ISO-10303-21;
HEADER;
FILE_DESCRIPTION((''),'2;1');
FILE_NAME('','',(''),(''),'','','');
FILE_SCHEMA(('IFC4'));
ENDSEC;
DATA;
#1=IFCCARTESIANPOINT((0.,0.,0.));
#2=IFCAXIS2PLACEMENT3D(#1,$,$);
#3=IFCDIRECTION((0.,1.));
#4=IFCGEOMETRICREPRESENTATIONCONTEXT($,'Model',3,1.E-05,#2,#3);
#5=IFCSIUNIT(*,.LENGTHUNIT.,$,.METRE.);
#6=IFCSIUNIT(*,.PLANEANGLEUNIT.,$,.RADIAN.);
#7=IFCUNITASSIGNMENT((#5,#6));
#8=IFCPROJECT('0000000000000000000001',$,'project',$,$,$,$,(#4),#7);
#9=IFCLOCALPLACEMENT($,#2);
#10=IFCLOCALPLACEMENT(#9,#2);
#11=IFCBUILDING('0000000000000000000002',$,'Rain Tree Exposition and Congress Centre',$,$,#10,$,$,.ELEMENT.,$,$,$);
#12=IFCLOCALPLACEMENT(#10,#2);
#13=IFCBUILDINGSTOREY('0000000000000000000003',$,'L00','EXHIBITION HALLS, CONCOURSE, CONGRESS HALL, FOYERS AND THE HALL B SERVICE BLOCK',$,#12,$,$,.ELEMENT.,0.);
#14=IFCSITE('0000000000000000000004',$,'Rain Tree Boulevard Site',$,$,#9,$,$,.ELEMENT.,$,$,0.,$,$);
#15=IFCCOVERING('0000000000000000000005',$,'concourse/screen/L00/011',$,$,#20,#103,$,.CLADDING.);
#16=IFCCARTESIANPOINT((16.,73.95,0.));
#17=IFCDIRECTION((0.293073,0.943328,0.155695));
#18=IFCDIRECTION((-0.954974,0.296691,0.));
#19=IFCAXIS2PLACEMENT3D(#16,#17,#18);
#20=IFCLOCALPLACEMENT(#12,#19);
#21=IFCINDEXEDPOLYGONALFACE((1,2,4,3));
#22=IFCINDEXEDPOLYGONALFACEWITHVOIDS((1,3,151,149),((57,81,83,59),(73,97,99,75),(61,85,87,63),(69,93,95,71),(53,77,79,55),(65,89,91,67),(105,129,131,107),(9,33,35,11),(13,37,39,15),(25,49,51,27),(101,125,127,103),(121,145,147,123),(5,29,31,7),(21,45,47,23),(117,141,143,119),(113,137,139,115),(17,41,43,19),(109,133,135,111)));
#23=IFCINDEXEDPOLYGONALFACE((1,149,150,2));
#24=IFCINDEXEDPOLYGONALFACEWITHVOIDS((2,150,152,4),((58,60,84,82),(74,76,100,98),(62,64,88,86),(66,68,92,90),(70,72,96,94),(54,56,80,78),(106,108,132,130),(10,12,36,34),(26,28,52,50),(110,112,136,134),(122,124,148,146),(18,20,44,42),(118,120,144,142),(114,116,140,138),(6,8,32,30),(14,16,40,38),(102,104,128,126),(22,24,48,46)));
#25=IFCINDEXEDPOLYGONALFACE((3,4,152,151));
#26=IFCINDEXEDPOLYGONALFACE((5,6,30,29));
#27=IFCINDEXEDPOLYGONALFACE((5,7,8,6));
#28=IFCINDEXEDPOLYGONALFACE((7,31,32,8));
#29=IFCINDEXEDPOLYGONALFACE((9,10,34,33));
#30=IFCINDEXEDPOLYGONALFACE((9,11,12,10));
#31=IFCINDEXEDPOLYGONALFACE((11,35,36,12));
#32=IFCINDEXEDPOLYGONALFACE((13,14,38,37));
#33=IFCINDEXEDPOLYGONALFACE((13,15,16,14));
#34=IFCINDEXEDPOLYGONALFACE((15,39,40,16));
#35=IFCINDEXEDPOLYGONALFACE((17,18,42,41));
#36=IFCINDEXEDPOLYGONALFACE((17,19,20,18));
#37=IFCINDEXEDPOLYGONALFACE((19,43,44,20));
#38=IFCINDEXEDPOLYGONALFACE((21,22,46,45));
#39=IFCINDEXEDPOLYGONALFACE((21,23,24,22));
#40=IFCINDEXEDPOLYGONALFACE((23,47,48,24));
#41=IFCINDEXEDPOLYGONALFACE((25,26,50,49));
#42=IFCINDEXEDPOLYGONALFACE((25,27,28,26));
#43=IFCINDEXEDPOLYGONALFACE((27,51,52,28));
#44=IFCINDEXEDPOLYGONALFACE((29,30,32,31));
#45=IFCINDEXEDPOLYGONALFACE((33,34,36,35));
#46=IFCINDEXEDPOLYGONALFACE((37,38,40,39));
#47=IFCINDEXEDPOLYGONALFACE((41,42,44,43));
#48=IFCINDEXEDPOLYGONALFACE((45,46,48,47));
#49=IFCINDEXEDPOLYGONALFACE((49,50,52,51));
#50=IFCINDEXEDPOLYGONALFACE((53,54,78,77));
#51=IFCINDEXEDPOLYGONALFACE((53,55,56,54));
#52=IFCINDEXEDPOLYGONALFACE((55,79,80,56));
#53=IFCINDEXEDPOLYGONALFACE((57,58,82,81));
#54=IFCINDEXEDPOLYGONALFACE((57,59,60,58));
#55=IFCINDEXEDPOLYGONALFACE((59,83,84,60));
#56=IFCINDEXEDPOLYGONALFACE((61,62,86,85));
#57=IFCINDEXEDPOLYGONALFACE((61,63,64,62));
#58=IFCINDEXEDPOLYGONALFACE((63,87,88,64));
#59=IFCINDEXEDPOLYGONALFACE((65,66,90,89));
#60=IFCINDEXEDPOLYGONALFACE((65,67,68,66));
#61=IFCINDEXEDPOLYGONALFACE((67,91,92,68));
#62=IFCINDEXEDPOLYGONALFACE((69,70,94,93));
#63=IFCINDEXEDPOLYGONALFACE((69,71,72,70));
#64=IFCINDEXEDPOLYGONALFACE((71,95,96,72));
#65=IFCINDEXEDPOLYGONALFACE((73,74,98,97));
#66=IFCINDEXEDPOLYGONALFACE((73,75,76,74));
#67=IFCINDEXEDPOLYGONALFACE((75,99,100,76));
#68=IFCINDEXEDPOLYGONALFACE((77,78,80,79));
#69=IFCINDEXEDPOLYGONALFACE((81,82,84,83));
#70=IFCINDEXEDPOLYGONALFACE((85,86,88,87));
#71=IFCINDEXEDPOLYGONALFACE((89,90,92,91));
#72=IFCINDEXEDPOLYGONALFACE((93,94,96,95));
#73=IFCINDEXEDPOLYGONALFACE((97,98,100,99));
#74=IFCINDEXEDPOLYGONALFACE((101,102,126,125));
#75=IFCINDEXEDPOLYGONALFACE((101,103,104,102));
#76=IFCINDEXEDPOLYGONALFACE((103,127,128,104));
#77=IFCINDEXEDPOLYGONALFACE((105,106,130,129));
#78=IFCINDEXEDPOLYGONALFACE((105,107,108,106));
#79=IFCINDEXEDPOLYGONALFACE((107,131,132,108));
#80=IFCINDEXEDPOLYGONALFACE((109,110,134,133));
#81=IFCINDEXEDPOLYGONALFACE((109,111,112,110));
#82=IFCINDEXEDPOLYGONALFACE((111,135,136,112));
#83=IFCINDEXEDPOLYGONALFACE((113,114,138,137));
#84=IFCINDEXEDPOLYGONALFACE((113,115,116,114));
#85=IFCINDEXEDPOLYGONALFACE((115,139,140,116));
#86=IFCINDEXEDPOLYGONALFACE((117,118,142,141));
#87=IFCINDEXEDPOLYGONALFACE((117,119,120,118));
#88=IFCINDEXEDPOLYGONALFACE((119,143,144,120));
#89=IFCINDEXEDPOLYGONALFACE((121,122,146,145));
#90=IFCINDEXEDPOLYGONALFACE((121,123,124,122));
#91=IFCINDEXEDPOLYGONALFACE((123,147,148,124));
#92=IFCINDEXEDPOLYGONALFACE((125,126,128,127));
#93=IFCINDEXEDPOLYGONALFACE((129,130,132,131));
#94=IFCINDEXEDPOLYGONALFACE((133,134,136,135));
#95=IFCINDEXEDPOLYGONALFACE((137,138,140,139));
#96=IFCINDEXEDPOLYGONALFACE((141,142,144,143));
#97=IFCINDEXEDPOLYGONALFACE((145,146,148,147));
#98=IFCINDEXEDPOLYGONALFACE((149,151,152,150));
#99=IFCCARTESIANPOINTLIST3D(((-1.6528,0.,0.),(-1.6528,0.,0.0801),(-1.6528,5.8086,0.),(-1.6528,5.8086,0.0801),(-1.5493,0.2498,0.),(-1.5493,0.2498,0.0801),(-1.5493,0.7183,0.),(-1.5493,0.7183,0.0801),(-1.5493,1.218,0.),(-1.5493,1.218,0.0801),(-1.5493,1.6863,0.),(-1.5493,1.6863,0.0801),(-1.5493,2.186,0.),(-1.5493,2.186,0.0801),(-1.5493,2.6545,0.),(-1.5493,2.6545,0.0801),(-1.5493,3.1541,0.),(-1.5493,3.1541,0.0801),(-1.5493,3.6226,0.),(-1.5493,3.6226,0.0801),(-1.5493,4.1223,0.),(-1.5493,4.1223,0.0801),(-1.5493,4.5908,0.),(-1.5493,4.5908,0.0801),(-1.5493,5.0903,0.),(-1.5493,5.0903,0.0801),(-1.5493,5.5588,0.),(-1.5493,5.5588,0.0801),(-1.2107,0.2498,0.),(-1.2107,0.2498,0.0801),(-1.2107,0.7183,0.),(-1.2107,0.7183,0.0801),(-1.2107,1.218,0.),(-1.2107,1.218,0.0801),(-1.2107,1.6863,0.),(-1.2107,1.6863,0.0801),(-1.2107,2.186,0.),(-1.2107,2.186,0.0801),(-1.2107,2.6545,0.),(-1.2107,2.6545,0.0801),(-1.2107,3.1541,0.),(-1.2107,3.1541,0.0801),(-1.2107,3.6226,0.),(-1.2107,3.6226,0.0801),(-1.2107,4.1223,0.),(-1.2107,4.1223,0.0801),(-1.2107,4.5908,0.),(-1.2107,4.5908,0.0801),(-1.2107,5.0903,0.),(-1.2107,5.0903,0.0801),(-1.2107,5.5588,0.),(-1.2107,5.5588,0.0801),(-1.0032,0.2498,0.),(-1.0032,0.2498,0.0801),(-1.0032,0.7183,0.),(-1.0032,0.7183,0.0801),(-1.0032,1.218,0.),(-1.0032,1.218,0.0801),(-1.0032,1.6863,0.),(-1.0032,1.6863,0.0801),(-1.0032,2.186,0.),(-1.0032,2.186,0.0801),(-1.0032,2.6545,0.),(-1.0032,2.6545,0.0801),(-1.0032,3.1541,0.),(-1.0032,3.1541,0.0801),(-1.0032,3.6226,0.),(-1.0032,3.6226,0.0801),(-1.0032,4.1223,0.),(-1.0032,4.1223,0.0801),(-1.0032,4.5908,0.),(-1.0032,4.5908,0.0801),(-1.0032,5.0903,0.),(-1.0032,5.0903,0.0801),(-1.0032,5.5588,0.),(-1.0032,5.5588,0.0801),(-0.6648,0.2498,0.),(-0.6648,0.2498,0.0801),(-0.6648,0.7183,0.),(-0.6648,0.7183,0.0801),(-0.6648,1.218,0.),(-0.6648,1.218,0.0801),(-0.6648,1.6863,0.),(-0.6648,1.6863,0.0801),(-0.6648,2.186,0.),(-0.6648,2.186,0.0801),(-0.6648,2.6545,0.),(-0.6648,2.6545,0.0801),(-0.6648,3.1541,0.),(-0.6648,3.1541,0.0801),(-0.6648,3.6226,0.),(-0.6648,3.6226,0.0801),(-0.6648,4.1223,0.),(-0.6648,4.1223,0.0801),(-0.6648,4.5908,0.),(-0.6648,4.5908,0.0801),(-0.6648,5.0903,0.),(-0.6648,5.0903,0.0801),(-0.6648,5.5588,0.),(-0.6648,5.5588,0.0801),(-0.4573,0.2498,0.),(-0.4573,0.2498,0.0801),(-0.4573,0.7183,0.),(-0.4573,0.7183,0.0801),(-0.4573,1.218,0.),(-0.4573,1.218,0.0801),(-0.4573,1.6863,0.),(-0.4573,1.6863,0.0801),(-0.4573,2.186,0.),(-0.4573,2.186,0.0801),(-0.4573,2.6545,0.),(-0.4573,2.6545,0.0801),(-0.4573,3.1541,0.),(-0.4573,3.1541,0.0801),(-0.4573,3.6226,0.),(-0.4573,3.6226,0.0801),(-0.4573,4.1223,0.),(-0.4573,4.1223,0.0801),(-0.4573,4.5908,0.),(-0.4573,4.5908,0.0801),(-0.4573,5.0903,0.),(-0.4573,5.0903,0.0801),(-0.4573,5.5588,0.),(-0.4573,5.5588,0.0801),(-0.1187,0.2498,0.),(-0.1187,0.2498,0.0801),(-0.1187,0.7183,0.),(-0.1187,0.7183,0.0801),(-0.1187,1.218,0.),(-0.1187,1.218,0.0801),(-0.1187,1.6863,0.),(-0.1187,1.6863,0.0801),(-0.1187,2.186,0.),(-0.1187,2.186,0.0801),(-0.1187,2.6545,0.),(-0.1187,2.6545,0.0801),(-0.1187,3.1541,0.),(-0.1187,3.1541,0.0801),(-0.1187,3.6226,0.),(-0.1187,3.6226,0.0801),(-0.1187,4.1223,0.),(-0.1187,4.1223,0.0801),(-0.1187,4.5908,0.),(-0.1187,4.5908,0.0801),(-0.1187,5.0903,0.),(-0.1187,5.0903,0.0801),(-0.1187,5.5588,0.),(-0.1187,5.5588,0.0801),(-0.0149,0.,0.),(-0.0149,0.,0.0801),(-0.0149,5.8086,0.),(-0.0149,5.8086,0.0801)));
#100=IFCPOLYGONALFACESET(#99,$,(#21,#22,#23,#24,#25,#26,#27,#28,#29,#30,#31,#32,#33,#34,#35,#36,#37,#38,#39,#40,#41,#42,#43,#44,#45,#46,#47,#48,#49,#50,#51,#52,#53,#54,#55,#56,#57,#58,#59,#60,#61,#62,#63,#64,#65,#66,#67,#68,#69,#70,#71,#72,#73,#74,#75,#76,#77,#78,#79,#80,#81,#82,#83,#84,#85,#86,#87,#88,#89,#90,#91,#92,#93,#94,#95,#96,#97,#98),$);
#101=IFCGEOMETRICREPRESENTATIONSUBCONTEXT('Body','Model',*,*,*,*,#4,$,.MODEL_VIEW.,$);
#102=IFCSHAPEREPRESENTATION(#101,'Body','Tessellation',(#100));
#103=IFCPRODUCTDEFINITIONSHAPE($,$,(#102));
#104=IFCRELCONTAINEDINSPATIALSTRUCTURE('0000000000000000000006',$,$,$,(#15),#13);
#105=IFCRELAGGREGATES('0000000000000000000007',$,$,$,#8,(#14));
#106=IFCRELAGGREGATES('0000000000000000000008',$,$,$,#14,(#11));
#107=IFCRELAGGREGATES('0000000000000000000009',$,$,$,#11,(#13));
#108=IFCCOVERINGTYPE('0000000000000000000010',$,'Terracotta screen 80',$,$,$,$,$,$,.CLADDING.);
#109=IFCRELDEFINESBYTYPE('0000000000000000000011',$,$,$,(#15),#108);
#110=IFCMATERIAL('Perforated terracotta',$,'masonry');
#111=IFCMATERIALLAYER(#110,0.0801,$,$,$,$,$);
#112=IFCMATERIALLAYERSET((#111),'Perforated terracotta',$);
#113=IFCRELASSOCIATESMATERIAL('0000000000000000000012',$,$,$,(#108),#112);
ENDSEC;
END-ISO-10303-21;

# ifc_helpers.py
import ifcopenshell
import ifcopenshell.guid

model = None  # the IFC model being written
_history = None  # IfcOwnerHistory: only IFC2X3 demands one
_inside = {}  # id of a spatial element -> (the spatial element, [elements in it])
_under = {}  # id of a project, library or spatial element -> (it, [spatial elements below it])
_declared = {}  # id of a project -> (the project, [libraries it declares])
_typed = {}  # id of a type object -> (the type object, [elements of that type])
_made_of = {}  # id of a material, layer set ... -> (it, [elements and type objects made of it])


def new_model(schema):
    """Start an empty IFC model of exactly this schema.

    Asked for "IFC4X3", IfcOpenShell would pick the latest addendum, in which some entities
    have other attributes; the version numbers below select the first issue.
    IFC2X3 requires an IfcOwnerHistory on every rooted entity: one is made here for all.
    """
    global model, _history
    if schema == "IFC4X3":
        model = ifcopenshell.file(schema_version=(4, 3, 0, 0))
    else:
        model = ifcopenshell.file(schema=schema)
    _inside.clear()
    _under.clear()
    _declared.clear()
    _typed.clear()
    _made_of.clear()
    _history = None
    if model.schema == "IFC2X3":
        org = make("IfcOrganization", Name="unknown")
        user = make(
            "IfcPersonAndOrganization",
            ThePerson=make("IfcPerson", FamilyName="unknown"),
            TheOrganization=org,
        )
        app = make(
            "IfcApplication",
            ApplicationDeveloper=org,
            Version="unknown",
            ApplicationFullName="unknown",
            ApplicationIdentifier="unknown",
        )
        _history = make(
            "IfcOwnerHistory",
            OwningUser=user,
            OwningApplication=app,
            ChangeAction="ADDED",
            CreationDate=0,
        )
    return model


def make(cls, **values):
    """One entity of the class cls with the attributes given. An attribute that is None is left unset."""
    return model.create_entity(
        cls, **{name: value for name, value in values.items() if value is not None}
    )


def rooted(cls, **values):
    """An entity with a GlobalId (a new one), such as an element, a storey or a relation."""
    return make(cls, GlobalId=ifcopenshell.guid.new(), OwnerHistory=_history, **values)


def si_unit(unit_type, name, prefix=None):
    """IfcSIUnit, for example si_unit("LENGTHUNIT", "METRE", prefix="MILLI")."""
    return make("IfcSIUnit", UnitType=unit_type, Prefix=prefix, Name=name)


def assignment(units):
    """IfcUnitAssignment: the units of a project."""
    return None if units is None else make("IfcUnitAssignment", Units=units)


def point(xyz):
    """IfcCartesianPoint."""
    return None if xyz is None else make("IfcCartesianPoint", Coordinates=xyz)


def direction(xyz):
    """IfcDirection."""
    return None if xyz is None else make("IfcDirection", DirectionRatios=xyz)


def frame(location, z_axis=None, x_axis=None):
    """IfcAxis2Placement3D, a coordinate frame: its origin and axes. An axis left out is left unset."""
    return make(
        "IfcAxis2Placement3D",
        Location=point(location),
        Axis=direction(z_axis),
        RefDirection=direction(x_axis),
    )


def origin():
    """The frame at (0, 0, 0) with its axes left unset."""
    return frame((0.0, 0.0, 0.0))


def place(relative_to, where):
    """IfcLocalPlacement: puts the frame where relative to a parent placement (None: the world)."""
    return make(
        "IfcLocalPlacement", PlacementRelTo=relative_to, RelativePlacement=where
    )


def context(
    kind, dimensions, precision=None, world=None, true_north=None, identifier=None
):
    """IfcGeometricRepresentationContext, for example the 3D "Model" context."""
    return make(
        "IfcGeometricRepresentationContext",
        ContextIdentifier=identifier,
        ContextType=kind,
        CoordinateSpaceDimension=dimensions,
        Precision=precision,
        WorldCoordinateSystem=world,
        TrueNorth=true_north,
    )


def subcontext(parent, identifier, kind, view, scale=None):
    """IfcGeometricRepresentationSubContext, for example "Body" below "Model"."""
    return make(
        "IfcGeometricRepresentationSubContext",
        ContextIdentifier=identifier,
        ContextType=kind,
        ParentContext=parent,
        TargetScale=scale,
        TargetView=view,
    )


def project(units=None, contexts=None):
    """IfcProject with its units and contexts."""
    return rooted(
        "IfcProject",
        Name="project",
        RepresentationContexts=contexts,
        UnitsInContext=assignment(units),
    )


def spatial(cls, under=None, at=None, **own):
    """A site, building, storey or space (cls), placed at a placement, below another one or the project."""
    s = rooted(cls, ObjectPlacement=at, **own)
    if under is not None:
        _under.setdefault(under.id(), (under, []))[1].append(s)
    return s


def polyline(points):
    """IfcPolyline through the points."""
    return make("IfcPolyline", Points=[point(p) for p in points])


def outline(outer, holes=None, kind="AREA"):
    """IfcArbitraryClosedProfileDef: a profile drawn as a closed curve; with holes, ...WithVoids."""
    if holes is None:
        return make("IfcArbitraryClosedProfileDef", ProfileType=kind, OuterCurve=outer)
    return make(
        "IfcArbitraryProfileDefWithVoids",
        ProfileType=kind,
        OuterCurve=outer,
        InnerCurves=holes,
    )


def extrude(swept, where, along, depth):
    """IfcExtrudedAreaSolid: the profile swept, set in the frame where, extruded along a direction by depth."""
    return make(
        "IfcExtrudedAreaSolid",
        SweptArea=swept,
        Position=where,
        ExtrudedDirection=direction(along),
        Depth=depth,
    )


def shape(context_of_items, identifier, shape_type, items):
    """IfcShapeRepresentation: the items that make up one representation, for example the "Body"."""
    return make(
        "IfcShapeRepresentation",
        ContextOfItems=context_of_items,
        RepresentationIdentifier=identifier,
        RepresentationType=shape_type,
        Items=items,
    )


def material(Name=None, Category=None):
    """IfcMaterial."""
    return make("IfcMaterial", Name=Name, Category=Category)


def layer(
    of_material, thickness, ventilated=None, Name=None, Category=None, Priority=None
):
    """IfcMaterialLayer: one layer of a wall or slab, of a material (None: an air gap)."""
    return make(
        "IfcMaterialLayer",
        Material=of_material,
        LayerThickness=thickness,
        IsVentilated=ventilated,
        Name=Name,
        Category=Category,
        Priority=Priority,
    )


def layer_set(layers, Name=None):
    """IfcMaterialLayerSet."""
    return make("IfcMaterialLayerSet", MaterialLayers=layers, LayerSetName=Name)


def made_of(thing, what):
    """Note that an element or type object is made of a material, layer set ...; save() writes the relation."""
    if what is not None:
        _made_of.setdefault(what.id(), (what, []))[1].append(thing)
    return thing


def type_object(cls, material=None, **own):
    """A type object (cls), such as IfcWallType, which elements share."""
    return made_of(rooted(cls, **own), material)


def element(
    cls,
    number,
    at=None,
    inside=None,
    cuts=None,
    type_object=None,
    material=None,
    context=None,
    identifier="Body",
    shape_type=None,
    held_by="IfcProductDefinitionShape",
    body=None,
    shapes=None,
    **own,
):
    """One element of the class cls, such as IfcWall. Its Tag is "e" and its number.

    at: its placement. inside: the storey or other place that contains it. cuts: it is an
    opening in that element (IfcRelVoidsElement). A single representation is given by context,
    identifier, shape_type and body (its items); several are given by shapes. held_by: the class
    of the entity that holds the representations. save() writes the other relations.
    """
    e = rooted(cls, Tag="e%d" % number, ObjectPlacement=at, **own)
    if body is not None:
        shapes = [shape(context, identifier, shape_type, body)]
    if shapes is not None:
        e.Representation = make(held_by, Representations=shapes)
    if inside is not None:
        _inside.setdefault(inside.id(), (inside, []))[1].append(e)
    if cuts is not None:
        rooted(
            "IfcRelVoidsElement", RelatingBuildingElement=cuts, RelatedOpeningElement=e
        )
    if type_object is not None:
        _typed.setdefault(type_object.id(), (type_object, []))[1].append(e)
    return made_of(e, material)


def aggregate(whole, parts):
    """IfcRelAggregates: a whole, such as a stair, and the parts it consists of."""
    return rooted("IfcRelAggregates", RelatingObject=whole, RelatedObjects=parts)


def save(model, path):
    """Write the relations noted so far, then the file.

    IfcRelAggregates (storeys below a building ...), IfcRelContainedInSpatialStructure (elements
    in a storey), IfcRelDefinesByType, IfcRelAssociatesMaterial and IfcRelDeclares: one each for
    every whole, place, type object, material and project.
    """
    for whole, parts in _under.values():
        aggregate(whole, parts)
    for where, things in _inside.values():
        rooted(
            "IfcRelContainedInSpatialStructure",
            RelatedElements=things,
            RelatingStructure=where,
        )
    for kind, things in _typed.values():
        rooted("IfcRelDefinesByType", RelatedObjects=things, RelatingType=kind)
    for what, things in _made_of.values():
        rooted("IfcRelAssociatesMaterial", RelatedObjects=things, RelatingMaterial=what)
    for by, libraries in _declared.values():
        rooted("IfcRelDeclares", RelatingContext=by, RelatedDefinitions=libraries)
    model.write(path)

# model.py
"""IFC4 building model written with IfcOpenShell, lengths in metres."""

from ifc_helpers import new_model, si_unit, direction, frame, origin, place, context, subcontext, project, spatial, polyline, outline, extrude, material, layer, layer_set, type_object, element, save


model = new_model("IFC4")

# Units and contexts
model_context = context("Model", 3, precision=1e-05, world=origin(), true_north=direction((0.0, 1.0)))
body_context = subcontext(model_context, "Body", "Model", "MODEL_VIEW")
ifc_project = project(units=[si_unit("LENGTHUNIT", "METRE"), si_unit("PLANEANGLEUNIT", "RADIAN")], contexts=[model_context])

# Site, building, storey
site_placement = place(None, origin())
site = spatial("IfcSite", under=ifc_project, at=site_placement, Name="Rain Tree Boulevard Site", CompositionType="ELEMENT", RefElevation=0.0)
building_placement = place(site_placement, origin())
building = spatial("IfcBuilding", under=site, at=building_placement, Name="Rain Tree Exposition and Congress Centre", CompositionType="ELEMENT")
storey_placement = place(building_placement, origin())
storey = spatial("IfcBuildingStorey", under=building, at=storey_placement, Name="L00", Description="EXHIBITION HALLS, CONCOURSE, CONGRESS HALL, FOYERS AND THE HALL B SERVICE BLOCK", CompositionType="ELEMENT", Elevation=0.0)

# Covering
ifc_material_1 = material(Name="Perforated terracotta", Category="masonry")
ifc_layer_1 = layer(ifc_material_1, 0.0801)
ifc_layer_set_1 = layer_set([ifc_layer_1], Name="Perforated terracotta")
covering_type = type_object("IfcCoveringType", Name="Terracotta screen 80", PredefinedType="CLADDING", material=ifc_layer_set_1)
covering_1_placement = place(storey_placement, frame((16.0, 73.95, 0.0), z_axis=(0.293073, 0.943328, 0.155695), x_axis=(-0.954974, 0.296691, 0.0)))
element("IfcCovering", 1, at=covering_1_placement, inside=storey, type_object=covering_type, Name="concourse/screen/L00/011", PredefinedType="CLADDING", context=body_context, shape_type="SweptSolid", body=[
    extrude(outline(polyline([(-0.0149, 0.0), (-1.6528, 0.0), (-1.6528, 5.8086), (-0.0149, 5.8086), (-0.0149, 0.0)]), holes=[polyline([(-0.1187, 0.2498), (-0.1187, 0.7183), (-0.4573, 0.7183), (-0.4573, 0.2498), (-0.1187, 0.2498)]), polyline([(-0.1187, 1.218), (-0.1187, 1.6863), (-0.4573, 1.6863), (-0.4573, 1.218), (-0.1187, 1.218)]), polyline([(-0.1187, 2.186), (-0.1187, 2.6545), (-0.4573, 2.6545), (-0.4573, 2.186), (-0.1187, 2.186)]), polyline([(-0.1187, 3.1541), (-0.1187, 3.6226), (-0.4573, 3.6226), (-0.4573, 3.1541), (-0.1187, 3.1541)]), polyline([(-0.1187, 4.1223), (-0.1187, 4.5908), (-0.4573, 4.5908), (-0.4573, 4.1223), (-0.1187, 4.1223)]), polyline([(-0.1187, 5.0903), (-0.1187, 5.5588), (-0.4573, 5.5588), (-0.4573, 5.0903), (-0.1187, 5.0903)]), polyline([(-0.6648, 0.2498), (-0.6648, 0.7183), (-1.0032, 0.7183), (-1.0032, 0.2498), (-0.6648, 0.2498)]), polyline([(-0.6648, 1.218), (-0.6648, 1.6863), (-1.0032, 1.6863), (-1.0032, 1.218), (-0.6648, 1.218)]), polyline([(-0.6648, 2.186), (-0.6648, 2.6545), (-1.0032, 2.6545), (-1.0032, 2.186), (-0.6648, 2.186)]), polyline([(-0.6648, 3.1541), (-0.6648, 3.6226), (-1.0032, 3.6226), (-1.0032, 3.1541), (-0.6648, 3.1541)]), polyline([(-0.6648, 4.1223), (-0.6648, 4.5908), (-1.0032, 4.5908), (-1.0032, 4.1223), (-0.6648, 4.1223)]), polyline([(-0.6648, 5.0903), (-0.6648, 5.5588), (-1.0032, 5.5588), (-1.0032, 5.0903), (-0.6648, 5.0903)]), polyline([(-1.2107, 0.2498), (-1.2107, 0.7183), (-1.5493, 0.7183), (-1.5493, 0.2498), (-1.2107, 0.2498)]), polyline([(-1.2107, 1.218), (-1.2107, 1.6863), (-1.5493, 1.6863), (-1.5493, 1.218), (-1.2107, 1.218)]), polyline([(-1.2107, 2.186), (-1.2107, 2.6545), (-1.5493, 2.6545), (-1.5493, 2.186), (-1.2107, 2.186)]), polyline([(-1.2107, 3.1541), (-1.2107, 3.6226), (-1.5493, 3.6226), (-1.5493, 3.1541), (-1.2107, 3.1541)]), polyline([(-1.2107, 4.1223), (-1.2107, 4.5908), (-1.5493, 4.5908), (-1.5493, 4.1223), (-1.2107, 4.1223)]), polyline([(-1.2107, 5.0903), (-1.2107, 5.5588), (-1.5493, 5.5588), (-1.5493, 5.0903), (-1.2107, 5.0903)])]), origin(), (0.0, 0.0, 1.0), 0.0801),
])

save(model, "model.ifc")
